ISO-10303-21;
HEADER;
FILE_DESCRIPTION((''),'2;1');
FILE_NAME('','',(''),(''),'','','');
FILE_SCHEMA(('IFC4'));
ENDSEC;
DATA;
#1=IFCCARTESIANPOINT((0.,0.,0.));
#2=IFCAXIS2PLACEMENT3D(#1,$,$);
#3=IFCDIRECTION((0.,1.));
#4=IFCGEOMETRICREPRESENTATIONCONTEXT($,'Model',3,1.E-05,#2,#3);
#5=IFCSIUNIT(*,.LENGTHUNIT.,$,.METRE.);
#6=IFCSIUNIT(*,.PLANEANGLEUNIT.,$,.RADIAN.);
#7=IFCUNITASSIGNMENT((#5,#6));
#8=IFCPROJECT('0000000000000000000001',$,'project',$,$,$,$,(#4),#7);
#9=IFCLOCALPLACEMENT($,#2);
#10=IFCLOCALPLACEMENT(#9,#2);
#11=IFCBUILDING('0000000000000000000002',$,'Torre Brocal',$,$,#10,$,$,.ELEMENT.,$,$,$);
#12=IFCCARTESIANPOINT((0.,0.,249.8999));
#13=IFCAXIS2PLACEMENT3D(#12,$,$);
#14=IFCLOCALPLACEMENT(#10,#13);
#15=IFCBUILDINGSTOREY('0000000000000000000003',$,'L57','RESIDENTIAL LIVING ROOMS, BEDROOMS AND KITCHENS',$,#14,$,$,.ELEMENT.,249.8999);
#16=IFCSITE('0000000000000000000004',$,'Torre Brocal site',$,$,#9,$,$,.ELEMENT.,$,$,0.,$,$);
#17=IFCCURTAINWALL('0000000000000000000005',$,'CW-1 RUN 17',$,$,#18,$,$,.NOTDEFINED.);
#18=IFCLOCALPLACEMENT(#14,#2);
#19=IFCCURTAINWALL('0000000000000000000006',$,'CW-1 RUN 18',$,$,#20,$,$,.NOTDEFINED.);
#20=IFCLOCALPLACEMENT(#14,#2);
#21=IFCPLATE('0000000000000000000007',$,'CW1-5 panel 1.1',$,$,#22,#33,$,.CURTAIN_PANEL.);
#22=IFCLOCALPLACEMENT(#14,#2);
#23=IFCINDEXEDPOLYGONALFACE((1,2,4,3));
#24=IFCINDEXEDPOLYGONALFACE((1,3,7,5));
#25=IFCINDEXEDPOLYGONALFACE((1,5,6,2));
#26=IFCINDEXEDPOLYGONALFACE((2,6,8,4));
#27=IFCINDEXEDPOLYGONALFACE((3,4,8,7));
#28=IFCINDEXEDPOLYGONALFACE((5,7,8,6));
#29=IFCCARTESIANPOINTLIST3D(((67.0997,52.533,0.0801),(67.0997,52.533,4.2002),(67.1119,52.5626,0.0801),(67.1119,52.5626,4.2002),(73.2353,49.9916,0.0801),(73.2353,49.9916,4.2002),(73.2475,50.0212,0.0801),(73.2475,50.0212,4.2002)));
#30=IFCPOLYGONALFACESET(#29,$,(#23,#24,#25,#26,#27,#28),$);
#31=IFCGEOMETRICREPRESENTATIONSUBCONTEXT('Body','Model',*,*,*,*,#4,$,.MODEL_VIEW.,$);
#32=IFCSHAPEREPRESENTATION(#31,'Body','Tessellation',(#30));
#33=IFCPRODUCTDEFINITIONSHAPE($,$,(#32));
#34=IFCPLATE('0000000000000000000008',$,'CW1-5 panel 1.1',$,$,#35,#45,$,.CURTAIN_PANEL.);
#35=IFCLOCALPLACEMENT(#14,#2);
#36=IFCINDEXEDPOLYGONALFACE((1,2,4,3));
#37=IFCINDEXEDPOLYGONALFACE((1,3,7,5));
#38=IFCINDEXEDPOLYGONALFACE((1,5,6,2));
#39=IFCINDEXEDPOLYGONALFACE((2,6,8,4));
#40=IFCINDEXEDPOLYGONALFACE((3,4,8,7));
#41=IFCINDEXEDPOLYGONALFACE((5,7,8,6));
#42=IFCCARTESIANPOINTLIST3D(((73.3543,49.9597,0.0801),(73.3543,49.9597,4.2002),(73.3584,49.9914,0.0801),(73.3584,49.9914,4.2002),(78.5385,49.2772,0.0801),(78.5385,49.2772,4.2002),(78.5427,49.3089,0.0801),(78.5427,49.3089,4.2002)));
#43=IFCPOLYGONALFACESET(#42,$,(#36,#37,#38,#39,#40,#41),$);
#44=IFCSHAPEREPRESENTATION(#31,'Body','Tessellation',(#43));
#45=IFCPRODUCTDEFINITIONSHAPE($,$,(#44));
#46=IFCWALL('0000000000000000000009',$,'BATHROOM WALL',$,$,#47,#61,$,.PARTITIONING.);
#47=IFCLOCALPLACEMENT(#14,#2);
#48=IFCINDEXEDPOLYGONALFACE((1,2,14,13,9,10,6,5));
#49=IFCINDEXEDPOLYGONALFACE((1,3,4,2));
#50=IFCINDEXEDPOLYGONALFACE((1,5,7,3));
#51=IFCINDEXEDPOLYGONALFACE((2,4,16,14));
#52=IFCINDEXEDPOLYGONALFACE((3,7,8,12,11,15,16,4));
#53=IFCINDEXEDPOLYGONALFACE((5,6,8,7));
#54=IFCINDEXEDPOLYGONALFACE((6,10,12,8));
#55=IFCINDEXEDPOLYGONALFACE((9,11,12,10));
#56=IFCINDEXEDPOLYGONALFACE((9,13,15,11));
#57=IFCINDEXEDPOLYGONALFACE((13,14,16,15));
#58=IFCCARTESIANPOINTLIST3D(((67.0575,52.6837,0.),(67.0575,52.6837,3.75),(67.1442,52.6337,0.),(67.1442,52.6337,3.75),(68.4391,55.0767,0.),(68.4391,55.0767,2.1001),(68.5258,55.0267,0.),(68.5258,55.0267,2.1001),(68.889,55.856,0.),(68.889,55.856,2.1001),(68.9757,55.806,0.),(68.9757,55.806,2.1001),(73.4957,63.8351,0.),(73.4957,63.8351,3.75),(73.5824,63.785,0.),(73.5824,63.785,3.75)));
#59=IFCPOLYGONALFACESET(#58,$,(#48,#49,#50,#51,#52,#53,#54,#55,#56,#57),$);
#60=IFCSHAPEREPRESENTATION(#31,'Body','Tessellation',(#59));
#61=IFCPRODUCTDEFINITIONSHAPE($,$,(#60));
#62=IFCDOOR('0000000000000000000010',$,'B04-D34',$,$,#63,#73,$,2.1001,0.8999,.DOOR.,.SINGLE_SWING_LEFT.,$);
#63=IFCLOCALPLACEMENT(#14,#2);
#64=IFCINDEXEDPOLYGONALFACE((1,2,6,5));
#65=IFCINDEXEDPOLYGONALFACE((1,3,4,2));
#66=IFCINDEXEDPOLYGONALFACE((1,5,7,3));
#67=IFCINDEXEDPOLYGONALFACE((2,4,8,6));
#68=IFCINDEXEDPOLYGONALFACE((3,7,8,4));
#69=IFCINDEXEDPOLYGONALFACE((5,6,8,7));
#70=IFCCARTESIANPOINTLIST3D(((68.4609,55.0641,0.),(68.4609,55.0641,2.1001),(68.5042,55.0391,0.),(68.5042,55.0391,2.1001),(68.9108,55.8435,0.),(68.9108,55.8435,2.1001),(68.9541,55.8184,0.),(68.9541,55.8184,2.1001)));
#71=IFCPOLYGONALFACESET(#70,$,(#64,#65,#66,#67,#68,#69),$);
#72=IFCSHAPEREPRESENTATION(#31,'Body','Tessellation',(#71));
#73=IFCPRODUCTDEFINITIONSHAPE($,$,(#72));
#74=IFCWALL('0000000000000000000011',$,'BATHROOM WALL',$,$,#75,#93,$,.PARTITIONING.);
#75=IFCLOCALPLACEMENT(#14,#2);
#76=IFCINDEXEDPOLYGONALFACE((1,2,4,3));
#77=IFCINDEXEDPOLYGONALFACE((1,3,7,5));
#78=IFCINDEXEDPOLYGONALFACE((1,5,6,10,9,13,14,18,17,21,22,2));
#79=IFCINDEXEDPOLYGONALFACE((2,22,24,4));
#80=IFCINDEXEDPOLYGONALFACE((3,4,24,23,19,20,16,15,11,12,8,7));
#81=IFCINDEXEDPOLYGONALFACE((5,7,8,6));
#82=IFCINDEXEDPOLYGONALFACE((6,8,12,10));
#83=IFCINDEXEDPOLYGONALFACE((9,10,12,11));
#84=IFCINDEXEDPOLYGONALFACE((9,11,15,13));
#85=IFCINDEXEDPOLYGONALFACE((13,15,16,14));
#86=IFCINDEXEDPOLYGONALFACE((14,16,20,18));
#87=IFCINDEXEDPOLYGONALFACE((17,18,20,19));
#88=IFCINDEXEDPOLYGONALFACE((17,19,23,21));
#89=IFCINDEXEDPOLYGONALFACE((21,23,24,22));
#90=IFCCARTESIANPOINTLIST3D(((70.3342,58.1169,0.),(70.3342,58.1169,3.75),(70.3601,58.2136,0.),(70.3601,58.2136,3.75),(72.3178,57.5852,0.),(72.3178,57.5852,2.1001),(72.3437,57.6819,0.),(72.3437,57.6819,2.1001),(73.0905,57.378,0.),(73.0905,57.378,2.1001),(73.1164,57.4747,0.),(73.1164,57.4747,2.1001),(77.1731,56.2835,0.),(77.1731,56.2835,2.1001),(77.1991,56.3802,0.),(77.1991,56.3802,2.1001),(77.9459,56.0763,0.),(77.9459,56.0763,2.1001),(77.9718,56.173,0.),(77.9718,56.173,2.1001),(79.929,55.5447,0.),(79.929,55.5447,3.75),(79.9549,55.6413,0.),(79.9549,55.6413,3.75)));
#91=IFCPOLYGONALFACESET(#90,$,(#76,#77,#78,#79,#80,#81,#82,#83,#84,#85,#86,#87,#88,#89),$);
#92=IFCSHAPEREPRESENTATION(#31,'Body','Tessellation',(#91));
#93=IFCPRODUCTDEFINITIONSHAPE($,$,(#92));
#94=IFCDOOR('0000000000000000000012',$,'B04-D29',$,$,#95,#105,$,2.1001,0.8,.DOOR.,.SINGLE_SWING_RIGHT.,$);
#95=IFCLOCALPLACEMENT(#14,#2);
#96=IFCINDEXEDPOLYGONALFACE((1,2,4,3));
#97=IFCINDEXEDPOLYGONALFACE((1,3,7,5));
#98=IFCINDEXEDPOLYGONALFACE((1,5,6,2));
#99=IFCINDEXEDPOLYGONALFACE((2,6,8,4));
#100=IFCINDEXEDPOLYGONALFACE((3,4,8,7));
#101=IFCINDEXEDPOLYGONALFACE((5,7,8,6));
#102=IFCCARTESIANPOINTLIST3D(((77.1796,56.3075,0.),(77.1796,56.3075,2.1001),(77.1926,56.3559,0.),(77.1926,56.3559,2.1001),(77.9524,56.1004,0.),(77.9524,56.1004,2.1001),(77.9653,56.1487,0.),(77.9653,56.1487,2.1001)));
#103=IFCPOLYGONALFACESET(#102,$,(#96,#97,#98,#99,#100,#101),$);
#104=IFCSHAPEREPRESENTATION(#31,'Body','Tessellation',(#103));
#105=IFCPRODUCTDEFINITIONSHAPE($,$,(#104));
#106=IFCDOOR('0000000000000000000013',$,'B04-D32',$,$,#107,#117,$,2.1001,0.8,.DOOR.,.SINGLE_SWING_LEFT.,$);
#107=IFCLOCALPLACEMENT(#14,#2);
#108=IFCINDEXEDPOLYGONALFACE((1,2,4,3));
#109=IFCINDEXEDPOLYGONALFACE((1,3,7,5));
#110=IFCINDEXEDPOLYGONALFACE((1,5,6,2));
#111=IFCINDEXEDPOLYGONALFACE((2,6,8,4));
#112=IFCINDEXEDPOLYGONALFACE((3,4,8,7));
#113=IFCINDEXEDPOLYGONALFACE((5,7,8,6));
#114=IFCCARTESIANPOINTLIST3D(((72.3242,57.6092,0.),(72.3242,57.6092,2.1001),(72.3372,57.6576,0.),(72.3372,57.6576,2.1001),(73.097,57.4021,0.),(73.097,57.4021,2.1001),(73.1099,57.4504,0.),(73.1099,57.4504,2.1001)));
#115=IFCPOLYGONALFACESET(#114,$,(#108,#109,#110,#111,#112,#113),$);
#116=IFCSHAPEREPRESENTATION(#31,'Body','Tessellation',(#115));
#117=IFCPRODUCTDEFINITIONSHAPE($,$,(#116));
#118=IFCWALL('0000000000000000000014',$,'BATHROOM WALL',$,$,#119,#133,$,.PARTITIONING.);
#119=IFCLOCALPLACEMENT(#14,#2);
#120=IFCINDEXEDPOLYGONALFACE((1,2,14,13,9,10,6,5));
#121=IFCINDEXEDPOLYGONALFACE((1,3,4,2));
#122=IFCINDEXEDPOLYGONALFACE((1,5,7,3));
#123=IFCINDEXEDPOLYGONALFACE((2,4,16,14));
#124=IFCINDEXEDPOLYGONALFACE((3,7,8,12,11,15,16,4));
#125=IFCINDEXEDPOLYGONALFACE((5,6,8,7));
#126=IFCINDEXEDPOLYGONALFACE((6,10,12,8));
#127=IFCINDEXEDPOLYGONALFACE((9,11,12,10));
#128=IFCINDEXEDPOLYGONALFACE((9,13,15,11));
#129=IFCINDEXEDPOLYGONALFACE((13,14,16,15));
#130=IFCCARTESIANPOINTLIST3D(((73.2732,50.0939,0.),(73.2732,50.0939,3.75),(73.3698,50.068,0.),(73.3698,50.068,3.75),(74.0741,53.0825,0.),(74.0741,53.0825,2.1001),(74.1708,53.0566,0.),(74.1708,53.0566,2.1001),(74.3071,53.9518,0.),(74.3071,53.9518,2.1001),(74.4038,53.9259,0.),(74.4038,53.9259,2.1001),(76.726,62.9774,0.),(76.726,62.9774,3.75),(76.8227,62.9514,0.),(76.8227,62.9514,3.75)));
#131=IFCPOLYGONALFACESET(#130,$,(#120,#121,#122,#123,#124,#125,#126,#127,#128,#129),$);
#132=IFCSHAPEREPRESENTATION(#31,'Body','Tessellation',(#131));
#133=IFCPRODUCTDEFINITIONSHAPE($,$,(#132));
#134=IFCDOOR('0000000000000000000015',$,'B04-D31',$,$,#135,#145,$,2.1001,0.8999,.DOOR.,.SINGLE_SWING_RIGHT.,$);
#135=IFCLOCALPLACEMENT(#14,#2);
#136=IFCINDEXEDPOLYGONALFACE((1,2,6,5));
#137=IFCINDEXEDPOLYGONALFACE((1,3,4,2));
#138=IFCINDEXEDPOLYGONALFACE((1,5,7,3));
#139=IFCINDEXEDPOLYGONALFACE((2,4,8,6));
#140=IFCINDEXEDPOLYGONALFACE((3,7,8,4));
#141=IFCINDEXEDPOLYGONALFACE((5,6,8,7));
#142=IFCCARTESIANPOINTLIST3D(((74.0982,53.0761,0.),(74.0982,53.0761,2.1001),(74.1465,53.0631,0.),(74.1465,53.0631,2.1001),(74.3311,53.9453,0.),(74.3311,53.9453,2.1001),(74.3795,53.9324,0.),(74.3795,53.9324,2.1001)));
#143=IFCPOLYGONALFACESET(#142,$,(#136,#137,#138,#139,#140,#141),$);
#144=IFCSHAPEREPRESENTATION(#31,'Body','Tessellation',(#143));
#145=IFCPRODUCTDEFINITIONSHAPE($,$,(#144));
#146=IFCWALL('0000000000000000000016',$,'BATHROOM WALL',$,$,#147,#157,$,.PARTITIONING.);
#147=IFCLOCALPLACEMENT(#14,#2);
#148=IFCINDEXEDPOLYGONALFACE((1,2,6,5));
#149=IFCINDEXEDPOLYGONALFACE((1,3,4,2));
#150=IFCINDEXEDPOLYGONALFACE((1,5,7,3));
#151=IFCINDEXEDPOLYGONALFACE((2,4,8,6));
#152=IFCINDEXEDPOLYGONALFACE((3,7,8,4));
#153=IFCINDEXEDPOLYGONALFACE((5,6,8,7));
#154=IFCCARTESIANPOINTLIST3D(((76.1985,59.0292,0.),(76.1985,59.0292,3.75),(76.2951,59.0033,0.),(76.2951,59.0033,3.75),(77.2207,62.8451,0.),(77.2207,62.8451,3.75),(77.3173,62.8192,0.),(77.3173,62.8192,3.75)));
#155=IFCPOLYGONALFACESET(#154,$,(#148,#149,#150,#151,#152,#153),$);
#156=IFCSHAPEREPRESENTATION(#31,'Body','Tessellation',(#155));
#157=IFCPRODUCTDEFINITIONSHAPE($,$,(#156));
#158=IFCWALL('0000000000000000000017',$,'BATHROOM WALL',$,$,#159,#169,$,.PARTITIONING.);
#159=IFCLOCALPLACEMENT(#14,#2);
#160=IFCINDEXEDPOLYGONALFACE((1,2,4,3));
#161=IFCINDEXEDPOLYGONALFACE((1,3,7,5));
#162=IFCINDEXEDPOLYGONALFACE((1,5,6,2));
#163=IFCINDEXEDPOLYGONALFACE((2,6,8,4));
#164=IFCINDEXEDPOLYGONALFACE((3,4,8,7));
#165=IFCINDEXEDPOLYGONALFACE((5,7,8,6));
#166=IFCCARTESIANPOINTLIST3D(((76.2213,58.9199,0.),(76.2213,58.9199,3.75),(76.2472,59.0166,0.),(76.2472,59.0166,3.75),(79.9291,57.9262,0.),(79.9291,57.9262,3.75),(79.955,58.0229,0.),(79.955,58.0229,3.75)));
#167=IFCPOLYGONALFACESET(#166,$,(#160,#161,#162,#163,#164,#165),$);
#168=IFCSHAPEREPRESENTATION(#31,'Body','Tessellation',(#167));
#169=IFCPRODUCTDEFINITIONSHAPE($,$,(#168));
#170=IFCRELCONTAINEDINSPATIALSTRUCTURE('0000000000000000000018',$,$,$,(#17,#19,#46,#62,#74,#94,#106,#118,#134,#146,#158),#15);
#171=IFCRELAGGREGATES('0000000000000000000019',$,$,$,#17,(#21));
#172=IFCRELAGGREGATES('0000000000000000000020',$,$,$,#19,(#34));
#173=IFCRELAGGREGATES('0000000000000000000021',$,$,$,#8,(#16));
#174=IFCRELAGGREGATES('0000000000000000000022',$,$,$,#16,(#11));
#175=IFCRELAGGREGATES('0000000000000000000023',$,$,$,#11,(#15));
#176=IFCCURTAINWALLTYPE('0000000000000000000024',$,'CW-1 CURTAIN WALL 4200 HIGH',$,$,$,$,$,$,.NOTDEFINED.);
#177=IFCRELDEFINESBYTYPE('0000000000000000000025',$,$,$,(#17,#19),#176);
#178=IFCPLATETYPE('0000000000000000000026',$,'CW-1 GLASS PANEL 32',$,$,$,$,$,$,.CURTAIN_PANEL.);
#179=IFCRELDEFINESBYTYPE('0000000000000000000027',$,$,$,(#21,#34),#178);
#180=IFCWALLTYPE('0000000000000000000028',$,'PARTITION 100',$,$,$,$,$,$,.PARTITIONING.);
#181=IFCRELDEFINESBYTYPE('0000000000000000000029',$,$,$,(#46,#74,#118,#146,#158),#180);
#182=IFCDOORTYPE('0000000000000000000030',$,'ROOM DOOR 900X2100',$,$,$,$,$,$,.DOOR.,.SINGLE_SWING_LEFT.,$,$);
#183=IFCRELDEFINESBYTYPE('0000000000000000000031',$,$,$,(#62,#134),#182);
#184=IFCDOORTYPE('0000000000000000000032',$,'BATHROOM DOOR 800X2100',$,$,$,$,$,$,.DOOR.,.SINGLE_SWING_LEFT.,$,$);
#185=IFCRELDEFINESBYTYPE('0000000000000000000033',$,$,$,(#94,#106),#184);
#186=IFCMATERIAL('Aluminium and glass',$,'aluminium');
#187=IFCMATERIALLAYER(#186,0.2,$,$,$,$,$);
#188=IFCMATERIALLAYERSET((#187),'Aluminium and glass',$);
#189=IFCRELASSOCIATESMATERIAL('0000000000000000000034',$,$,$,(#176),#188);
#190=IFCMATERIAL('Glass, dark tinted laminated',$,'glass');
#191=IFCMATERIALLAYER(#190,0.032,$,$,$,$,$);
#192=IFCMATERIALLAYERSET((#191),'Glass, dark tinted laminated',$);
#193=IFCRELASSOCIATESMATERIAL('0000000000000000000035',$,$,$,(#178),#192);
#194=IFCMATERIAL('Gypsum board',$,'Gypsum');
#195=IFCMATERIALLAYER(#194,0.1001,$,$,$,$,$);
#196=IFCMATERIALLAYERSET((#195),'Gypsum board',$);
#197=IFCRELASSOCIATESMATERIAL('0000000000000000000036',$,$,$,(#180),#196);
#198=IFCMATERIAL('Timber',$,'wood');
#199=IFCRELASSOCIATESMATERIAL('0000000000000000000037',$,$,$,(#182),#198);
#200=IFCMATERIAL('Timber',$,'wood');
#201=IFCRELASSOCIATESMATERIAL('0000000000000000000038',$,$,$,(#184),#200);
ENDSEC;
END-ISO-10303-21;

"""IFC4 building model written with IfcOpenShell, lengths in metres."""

from ifc_helpers import new_model, si_unit, direction, frame, frame_2d, origin, origin_2d, place, context, subcontext, project, spatial, rectangle, extrude, material, layer, layer_set, type_object, element, fill, aggregate, save


model = new_model("IFC4")

# Units and contexts
model_context = context("Model", 3, precision=1e-05, world=origin(), true_north=direction((0.0, 1.0)))
body_context = subcontext(model_context, "Body", "Model", "MODEL_VIEW")
ifc_project = project(units=[si_unit("LENGTHUNIT", "METRE"), si_unit("PLANEANGLEUNIT", "RADIAN")], contexts=[model_context])

# Site, building, storey
site_placement = place(None, origin())
site = spatial("IfcSite", under=ifc_project, at=site_placement, Name="Torre Brocal site", CompositionType="ELEMENT", RefElevation=0.0)
building_placement = place(site_placement, origin())
building = spatial("IfcBuilding", under=site, at=building_placement, Name="Torre Brocal", CompositionType="ELEMENT")
storey_placement = place(building_placement, frame((0.0, 0.0, 249.8999)))
storey = spatial("IfcBuildingStorey", under=building, at=storey_placement, Name="L57", Description="RESIDENTIAL LIVING ROOMS, BEDROOMS AND KITCHENS", CompositionType="ELEMENT", Elevation=249.8999)

# Shared definitions
ifc_material_1 = material(Name="Aluminium and glass", Category="aluminium")
ifc_layer_1 = layer(ifc_material_1, 0.2)
ifc_layer_set_1 = layer_set([ifc_layer_1], Name="Aluminium and glass")
curtain_wall_type = type_object("IfcCurtainWallType", Name="CW-1 CURTAIN WALL 4200 HIGH", PredefinedType="NOTDEFINED", material=ifc_layer_set_1)

# Curtain walls
curtain_wall_1_placement = place(storey_placement, origin())
curtain_wall_1 = element("IfcCurtainWall", 1, at=curtain_wall_1_placement, inside=storey, type_object=curtain_wall_type, Name="CW-1 RUN 17", PredefinedType="NOTDEFINED")
curtain_wall_2_placement = place(storey_placement, origin())
curtain_wall_2 = element("IfcCurtainWall", 2, at=curtain_wall_2_placement, inside=storey, type_object=curtain_wall_type, Name="CW-1 RUN 18", PredefinedType="NOTDEFINED")

# Plates
ifc_material_2 = material(Name="Glass, dark tinted laminated", Category="glass")
ifc_layer_2 = layer(ifc_material_2, 0.032)
ifc_layer_set_2 = layer_set([ifc_layer_2], Name="Glass, dark tinted laminated")
plate_type = type_object("IfcPlateType", Name="CW-1 GLASS PANEL 32", PredefinedType="CURTAIN_PANEL", material=ifc_layer_set_2)
plate_1_placement = place(storey_placement, frame((70.1736, 51.2771, 0.0801), z_axis=(0.0, 0.0, 1.0), x_axis=(0.92388, -0.382683, 0.0)))
plate_1 = element("IfcPlate", 3, at=plate_1_placement, type_object=plate_type, Name="CW1-5 panel 1.1", PredefinedType="CURTAIN_PANEL", context=body_context, shape_type="SweptSolid", body=[
    extrude(rectangle(XDim=6.6411, YDim=0.032, at=origin_2d()), origin(), (0.0, 0.0, 1.0), 4.1201),
])
aggregate(curtain_wall_1, [plate_1])
plate_2_placement = place(storey_placement, frame((75.9485, 49.6343, 0.0801), z_axis=(0.0, 0.0, 1.0), x_axis=(0.991445, -0.130526, 0.0)))
plate_2 = element("IfcPlate", 4, at=plate_2_placement, type_object=plate_type, Name="CW1-5 panel 1.1", PredefinedType="CURTAIN_PANEL", context=body_context, shape_type="SweptSolid", body=[
    extrude(rectangle(XDim=5.229, YDim=0.032, at=origin_2d()), origin(), (0.0, 0.0, 1.0), 4.1201),
])
aggregate(curtain_wall_2, [plate_2])

# Wall, opening, door
ifc_material_3 = material(Name="Gypsum board", Category="Gypsum")
ifc_layer_3 = layer(ifc_material_3, 0.1001)
ifc_layer_set_3 = layer_set([ifc_layer_3], Name="Gypsum board")
wall_type = type_object("IfcWallType", Name="PARTITION 100", PredefinedType="PARTITIONING", material=ifc_layer_set_3)
wall_1_placement = place(storey_placement, frame((67.1008, 52.6587, 0.0), z_axis=(0.0, 0.0, 1.0), x_axis=(0.499999, 0.866026, 0.0)))
wall_1 = element("IfcWall", 5, at=wall_1_placement, inside=storey, type_object=wall_type, Name="BATHROOM WALL", PredefinedType="PARTITIONING", context=body_context, shape_type="SweptSolid", body=[
    extrude(rectangle(XDim=12.8765, YDim=0.1001, at=frame_2d((6.4382, 0.0))), origin(), (0.0, 0.0, 1.0), 3.75),
])
opening_1_placement = place(wall_1_placement, frame((2.7632, 0.0, 0.0)))
opening_1 = element("IfcOpeningElement", 6, at=opening_1_placement, cuts=wall_1, PredefinedType="OPENING", context=body_context, shape_type="SweptSolid", body=[
    extrude(rectangle(XDim=0.8999, YDim=2.1001, at=frame_2d((0.45, 1.05))), frame((0.0, 0.0601, 0.0), z_axis=(0.0, -1.0, 0.0), x_axis=(1.0, 0.0, 0.0)), (0.0, 0.0, 1.0), 0.1201),
])
ifc_material_4 = material(Name="Timber", Category="wood")
door_type_1 = type_object("IfcDoorType", Name="ROOM DOOR 900X2100", OperationType="SINGLE_SWING_LEFT", PredefinedType="DOOR", material=ifc_material_4)
door_1_placement = place(opening_1_placement, origin())
door_1 = element("IfcDoor", 7, at=door_1_placement, inside=storey, type_object=door_type_1, Name="B04-D34", OperationType="SINGLE_SWING_LEFT", OverallHeight=2.1001, OverallWidth=0.8999, PredefinedType="DOOR", context=body_context, shape_type="SweptSolid", body=[
    extrude(rectangle(XDim=0.8999, YDim=2.1001, at=frame_2d((0.45, 1.05))), frame((0.0, 0.0249, 0.0), z_axis=(0.0, -1.0, 0.0), x_axis=(1.0, 0.0, 0.0)), (0.0, 0.0, 1.0), 0.05),
])
fill(opening_1, door_1)

# Wall, openings, doors
wall_2_placement = place(storey_placement, frame((70.3472, 58.1653, 0.0), z_axis=(0.0, 0.0, 1.0), x_axis=(0.965891, -0.258947, 0.0)))
wall_2 = element("IfcWall", 8, at=wall_2_placement, inside=storey, type_object=wall_type, Name="BATHROOM WALL", PredefinedType="PARTITIONING", context=body_context, shape_type="SweptSolid", body=[
    extrude(rectangle(XDim=9.9336, YDim=0.1001, at=frame_2d((4.9668, 0.0))), origin(), (0.0, 0.0, 1.0), 3.75),
])
opening_2_placement = place(wall_2_placement, frame((7.0806, 0.0, 0.0)))
opening_2 = element("IfcOpeningElement", 9, at=opening_2_placement, cuts=wall_2, PredefinedType="OPENING", context=body_context, shape_type="SweptSolid", body=[
    extrude(rectangle(XDim=0.8, YDim=2.1001, at=frame_2d((0.3999, 1.05))), frame((0.0, 0.0601, 0.0), z_axis=(0.0, -1.0, 0.0), x_axis=(1.0, 0.0, 0.0)), (0.0, 0.0, 1.0), 0.1201),
])
opening_3_placement = place(wall_2_placement, frame((2.0537, 0.0, 0.0)))
opening_3 = element("IfcOpeningElement", 10, at=opening_3_placement, cuts=wall_2, PredefinedType="OPENING", context=body_context, shape_type="SweptSolid", body=[
    extrude(rectangle(XDim=0.8, YDim=2.1001, at=frame_2d((0.3999, 1.05))), frame((0.0, 0.0601, 0.0), z_axis=(0.0, -1.0, 0.0), x_axis=(1.0, 0.0, 0.0)), (0.0, 0.0, 1.0), 0.1201),
])
ifc_material_5 = material(Name="Timber", Category="wood")
door_type_2 = type_object("IfcDoorType", Name="BATHROOM DOOR 800X2100", OperationType="SINGLE_SWING_LEFT", PredefinedType="DOOR", material=ifc_material_5)
door_2_placement = place(opening_2_placement, origin())
door_2 = element("IfcDoor", 11, at=door_2_placement, inside=storey, type_object=door_type_2, Name="B04-D29", OperationType="SINGLE_SWING_RIGHT", OverallHeight=2.1001, OverallWidth=0.8, PredefinedType="DOOR", context=body_context, shape_type="SweptSolid", body=[
    extrude(rectangle(XDim=0.8, YDim=2.1001, at=frame_2d((0.3999, 1.05))), frame((0.0, 0.0249, 0.0), z_axis=(0.0, -1.0, 0.0), x_axis=(1.0, 0.0, 0.0)), (0.0, 0.0, 1.0), 0.05),
])
fill(opening_2, door_2)
door_3_placement = place(opening_3_placement, origin())
door_3 = element("IfcDoor", 12, at=door_3_placement, inside=storey, type_object=door_type_2, Name="B04-D32", OperationType="SINGLE_SWING_LEFT", OverallHeight=2.1001, OverallWidth=0.8, PredefinedType="DOOR", context=body_context, shape_type="SweptSolid", body=[
    extrude(rectangle(XDim=0.8, YDim=2.1001, at=frame_2d((0.3999, 1.05))), frame((0.0, 0.0249, 0.0), z_axis=(0.0, -1.0, 0.0), x_axis=(1.0, 0.0, 0.0)), (0.0, 0.0, 1.0), 0.05),
])
fill(opening_3, door_3)

# Wall, opening, door
wall_3_placement = place(storey_placement, frame((73.3215, 50.0811, 0.0), z_axis=(0.0, 0.0, 1.0), x_axis=(0.258871, 0.965912, 0.0)))
wall_3 = element("IfcWall", 13, at=wall_3_placement, inside=storey, type_object=wall_type, Name="BATHROOM WALL", PredefinedType="PARTITIONING", context=body_context, shape_type="SweptSolid", body=[
    extrude(rectangle(XDim=13.3381, YDim=0.1001, at=frame_2d((6.6689, 0.0))), origin(), (0.0, 0.0, 1.0), 3.75),
])
opening_4_placement = place(wall_3_placement, frame((3.094, 0.0, 0.0)))
opening_4 = element("IfcOpeningElement", 14, at=opening_4_placement, cuts=wall_3, PredefinedType="OPENING", context=body_context, shape_type="SweptSolid", body=[
    extrude(rectangle(XDim=0.8999, YDim=2.1001, at=frame_2d((0.45, 1.05))), frame((0.0, 0.0601, 0.0), z_axis=(0.0, -1.0, 0.0), x_axis=(1.0, 0.0, 0.0)), (0.0, 0.0, 1.0), 0.1201),
])
door_4_placement = place(opening_4_placement, frame((0.8999, 0.0, 0.0), z_axis=(0.0, 0.0, 1.0), x_axis=(-1.0, 0.0, 0.0)))
door_4 = element("IfcDoor", 15, at=door_4_placement, inside=storey, type_object=door_type_1, Name="B04-D31", OperationType="SINGLE_SWING_RIGHT", OverallHeight=2.1001, OverallWidth=0.8999, PredefinedType="DOOR", context=body_context, shape_type="SweptSolid", body=[
    extrude(rectangle(XDim=0.8999, YDim=2.1001, at=frame_2d((0.45, 1.05))), frame((0.0, 0.0249, 0.0), z_axis=(0.0, -1.0, 0.0), x_axis=(1.0, 0.0, 0.0)), (0.0, 0.0, 1.0), 0.05),
])
fill(opening_4, door_4)

# Walls
wall_4_placement = place(storey_placement, frame((76.2468, 59.0164, 0.0), z_axis=(0.0, 0.0, 1.0), x_axis=(0.258759, 0.965942, 0.0)))
element("IfcWall", 16, at=wall_4_placement, inside=storey, type_object=wall_type, Name="BATHROOM WALL", PredefinedType="PARTITIONING", context=body_context, shape_type="SweptSolid", body=[
    extrude(rectangle(XDim=3.9504, YDim=0.1001, at=frame_2d((1.9751, 0.0))), origin(), (0.0, 0.0, 1.0), 3.75),
])
wall_5_placement = place(storey_placement, frame((76.2341, 58.9683, 0.0), z_axis=(0.0, 0.0, 1.0), x_axis=(0.965915, -0.258858, 0.0)))
element("IfcWall", 17, at=wall_5_placement, inside=storey, type_object=wall_type, Name="BATHROOM WALL", PredefinedType="PARTITIONING", context=body_context, shape_type="SweptSolid", body=[
    extrude(rectangle(XDim=3.8386, YDim=0.1001, at=frame_2d((1.9194, 0.0))), origin(), (0.0, 0.0, 1.0), 3.75),
])

save(model, "model.ifc")
